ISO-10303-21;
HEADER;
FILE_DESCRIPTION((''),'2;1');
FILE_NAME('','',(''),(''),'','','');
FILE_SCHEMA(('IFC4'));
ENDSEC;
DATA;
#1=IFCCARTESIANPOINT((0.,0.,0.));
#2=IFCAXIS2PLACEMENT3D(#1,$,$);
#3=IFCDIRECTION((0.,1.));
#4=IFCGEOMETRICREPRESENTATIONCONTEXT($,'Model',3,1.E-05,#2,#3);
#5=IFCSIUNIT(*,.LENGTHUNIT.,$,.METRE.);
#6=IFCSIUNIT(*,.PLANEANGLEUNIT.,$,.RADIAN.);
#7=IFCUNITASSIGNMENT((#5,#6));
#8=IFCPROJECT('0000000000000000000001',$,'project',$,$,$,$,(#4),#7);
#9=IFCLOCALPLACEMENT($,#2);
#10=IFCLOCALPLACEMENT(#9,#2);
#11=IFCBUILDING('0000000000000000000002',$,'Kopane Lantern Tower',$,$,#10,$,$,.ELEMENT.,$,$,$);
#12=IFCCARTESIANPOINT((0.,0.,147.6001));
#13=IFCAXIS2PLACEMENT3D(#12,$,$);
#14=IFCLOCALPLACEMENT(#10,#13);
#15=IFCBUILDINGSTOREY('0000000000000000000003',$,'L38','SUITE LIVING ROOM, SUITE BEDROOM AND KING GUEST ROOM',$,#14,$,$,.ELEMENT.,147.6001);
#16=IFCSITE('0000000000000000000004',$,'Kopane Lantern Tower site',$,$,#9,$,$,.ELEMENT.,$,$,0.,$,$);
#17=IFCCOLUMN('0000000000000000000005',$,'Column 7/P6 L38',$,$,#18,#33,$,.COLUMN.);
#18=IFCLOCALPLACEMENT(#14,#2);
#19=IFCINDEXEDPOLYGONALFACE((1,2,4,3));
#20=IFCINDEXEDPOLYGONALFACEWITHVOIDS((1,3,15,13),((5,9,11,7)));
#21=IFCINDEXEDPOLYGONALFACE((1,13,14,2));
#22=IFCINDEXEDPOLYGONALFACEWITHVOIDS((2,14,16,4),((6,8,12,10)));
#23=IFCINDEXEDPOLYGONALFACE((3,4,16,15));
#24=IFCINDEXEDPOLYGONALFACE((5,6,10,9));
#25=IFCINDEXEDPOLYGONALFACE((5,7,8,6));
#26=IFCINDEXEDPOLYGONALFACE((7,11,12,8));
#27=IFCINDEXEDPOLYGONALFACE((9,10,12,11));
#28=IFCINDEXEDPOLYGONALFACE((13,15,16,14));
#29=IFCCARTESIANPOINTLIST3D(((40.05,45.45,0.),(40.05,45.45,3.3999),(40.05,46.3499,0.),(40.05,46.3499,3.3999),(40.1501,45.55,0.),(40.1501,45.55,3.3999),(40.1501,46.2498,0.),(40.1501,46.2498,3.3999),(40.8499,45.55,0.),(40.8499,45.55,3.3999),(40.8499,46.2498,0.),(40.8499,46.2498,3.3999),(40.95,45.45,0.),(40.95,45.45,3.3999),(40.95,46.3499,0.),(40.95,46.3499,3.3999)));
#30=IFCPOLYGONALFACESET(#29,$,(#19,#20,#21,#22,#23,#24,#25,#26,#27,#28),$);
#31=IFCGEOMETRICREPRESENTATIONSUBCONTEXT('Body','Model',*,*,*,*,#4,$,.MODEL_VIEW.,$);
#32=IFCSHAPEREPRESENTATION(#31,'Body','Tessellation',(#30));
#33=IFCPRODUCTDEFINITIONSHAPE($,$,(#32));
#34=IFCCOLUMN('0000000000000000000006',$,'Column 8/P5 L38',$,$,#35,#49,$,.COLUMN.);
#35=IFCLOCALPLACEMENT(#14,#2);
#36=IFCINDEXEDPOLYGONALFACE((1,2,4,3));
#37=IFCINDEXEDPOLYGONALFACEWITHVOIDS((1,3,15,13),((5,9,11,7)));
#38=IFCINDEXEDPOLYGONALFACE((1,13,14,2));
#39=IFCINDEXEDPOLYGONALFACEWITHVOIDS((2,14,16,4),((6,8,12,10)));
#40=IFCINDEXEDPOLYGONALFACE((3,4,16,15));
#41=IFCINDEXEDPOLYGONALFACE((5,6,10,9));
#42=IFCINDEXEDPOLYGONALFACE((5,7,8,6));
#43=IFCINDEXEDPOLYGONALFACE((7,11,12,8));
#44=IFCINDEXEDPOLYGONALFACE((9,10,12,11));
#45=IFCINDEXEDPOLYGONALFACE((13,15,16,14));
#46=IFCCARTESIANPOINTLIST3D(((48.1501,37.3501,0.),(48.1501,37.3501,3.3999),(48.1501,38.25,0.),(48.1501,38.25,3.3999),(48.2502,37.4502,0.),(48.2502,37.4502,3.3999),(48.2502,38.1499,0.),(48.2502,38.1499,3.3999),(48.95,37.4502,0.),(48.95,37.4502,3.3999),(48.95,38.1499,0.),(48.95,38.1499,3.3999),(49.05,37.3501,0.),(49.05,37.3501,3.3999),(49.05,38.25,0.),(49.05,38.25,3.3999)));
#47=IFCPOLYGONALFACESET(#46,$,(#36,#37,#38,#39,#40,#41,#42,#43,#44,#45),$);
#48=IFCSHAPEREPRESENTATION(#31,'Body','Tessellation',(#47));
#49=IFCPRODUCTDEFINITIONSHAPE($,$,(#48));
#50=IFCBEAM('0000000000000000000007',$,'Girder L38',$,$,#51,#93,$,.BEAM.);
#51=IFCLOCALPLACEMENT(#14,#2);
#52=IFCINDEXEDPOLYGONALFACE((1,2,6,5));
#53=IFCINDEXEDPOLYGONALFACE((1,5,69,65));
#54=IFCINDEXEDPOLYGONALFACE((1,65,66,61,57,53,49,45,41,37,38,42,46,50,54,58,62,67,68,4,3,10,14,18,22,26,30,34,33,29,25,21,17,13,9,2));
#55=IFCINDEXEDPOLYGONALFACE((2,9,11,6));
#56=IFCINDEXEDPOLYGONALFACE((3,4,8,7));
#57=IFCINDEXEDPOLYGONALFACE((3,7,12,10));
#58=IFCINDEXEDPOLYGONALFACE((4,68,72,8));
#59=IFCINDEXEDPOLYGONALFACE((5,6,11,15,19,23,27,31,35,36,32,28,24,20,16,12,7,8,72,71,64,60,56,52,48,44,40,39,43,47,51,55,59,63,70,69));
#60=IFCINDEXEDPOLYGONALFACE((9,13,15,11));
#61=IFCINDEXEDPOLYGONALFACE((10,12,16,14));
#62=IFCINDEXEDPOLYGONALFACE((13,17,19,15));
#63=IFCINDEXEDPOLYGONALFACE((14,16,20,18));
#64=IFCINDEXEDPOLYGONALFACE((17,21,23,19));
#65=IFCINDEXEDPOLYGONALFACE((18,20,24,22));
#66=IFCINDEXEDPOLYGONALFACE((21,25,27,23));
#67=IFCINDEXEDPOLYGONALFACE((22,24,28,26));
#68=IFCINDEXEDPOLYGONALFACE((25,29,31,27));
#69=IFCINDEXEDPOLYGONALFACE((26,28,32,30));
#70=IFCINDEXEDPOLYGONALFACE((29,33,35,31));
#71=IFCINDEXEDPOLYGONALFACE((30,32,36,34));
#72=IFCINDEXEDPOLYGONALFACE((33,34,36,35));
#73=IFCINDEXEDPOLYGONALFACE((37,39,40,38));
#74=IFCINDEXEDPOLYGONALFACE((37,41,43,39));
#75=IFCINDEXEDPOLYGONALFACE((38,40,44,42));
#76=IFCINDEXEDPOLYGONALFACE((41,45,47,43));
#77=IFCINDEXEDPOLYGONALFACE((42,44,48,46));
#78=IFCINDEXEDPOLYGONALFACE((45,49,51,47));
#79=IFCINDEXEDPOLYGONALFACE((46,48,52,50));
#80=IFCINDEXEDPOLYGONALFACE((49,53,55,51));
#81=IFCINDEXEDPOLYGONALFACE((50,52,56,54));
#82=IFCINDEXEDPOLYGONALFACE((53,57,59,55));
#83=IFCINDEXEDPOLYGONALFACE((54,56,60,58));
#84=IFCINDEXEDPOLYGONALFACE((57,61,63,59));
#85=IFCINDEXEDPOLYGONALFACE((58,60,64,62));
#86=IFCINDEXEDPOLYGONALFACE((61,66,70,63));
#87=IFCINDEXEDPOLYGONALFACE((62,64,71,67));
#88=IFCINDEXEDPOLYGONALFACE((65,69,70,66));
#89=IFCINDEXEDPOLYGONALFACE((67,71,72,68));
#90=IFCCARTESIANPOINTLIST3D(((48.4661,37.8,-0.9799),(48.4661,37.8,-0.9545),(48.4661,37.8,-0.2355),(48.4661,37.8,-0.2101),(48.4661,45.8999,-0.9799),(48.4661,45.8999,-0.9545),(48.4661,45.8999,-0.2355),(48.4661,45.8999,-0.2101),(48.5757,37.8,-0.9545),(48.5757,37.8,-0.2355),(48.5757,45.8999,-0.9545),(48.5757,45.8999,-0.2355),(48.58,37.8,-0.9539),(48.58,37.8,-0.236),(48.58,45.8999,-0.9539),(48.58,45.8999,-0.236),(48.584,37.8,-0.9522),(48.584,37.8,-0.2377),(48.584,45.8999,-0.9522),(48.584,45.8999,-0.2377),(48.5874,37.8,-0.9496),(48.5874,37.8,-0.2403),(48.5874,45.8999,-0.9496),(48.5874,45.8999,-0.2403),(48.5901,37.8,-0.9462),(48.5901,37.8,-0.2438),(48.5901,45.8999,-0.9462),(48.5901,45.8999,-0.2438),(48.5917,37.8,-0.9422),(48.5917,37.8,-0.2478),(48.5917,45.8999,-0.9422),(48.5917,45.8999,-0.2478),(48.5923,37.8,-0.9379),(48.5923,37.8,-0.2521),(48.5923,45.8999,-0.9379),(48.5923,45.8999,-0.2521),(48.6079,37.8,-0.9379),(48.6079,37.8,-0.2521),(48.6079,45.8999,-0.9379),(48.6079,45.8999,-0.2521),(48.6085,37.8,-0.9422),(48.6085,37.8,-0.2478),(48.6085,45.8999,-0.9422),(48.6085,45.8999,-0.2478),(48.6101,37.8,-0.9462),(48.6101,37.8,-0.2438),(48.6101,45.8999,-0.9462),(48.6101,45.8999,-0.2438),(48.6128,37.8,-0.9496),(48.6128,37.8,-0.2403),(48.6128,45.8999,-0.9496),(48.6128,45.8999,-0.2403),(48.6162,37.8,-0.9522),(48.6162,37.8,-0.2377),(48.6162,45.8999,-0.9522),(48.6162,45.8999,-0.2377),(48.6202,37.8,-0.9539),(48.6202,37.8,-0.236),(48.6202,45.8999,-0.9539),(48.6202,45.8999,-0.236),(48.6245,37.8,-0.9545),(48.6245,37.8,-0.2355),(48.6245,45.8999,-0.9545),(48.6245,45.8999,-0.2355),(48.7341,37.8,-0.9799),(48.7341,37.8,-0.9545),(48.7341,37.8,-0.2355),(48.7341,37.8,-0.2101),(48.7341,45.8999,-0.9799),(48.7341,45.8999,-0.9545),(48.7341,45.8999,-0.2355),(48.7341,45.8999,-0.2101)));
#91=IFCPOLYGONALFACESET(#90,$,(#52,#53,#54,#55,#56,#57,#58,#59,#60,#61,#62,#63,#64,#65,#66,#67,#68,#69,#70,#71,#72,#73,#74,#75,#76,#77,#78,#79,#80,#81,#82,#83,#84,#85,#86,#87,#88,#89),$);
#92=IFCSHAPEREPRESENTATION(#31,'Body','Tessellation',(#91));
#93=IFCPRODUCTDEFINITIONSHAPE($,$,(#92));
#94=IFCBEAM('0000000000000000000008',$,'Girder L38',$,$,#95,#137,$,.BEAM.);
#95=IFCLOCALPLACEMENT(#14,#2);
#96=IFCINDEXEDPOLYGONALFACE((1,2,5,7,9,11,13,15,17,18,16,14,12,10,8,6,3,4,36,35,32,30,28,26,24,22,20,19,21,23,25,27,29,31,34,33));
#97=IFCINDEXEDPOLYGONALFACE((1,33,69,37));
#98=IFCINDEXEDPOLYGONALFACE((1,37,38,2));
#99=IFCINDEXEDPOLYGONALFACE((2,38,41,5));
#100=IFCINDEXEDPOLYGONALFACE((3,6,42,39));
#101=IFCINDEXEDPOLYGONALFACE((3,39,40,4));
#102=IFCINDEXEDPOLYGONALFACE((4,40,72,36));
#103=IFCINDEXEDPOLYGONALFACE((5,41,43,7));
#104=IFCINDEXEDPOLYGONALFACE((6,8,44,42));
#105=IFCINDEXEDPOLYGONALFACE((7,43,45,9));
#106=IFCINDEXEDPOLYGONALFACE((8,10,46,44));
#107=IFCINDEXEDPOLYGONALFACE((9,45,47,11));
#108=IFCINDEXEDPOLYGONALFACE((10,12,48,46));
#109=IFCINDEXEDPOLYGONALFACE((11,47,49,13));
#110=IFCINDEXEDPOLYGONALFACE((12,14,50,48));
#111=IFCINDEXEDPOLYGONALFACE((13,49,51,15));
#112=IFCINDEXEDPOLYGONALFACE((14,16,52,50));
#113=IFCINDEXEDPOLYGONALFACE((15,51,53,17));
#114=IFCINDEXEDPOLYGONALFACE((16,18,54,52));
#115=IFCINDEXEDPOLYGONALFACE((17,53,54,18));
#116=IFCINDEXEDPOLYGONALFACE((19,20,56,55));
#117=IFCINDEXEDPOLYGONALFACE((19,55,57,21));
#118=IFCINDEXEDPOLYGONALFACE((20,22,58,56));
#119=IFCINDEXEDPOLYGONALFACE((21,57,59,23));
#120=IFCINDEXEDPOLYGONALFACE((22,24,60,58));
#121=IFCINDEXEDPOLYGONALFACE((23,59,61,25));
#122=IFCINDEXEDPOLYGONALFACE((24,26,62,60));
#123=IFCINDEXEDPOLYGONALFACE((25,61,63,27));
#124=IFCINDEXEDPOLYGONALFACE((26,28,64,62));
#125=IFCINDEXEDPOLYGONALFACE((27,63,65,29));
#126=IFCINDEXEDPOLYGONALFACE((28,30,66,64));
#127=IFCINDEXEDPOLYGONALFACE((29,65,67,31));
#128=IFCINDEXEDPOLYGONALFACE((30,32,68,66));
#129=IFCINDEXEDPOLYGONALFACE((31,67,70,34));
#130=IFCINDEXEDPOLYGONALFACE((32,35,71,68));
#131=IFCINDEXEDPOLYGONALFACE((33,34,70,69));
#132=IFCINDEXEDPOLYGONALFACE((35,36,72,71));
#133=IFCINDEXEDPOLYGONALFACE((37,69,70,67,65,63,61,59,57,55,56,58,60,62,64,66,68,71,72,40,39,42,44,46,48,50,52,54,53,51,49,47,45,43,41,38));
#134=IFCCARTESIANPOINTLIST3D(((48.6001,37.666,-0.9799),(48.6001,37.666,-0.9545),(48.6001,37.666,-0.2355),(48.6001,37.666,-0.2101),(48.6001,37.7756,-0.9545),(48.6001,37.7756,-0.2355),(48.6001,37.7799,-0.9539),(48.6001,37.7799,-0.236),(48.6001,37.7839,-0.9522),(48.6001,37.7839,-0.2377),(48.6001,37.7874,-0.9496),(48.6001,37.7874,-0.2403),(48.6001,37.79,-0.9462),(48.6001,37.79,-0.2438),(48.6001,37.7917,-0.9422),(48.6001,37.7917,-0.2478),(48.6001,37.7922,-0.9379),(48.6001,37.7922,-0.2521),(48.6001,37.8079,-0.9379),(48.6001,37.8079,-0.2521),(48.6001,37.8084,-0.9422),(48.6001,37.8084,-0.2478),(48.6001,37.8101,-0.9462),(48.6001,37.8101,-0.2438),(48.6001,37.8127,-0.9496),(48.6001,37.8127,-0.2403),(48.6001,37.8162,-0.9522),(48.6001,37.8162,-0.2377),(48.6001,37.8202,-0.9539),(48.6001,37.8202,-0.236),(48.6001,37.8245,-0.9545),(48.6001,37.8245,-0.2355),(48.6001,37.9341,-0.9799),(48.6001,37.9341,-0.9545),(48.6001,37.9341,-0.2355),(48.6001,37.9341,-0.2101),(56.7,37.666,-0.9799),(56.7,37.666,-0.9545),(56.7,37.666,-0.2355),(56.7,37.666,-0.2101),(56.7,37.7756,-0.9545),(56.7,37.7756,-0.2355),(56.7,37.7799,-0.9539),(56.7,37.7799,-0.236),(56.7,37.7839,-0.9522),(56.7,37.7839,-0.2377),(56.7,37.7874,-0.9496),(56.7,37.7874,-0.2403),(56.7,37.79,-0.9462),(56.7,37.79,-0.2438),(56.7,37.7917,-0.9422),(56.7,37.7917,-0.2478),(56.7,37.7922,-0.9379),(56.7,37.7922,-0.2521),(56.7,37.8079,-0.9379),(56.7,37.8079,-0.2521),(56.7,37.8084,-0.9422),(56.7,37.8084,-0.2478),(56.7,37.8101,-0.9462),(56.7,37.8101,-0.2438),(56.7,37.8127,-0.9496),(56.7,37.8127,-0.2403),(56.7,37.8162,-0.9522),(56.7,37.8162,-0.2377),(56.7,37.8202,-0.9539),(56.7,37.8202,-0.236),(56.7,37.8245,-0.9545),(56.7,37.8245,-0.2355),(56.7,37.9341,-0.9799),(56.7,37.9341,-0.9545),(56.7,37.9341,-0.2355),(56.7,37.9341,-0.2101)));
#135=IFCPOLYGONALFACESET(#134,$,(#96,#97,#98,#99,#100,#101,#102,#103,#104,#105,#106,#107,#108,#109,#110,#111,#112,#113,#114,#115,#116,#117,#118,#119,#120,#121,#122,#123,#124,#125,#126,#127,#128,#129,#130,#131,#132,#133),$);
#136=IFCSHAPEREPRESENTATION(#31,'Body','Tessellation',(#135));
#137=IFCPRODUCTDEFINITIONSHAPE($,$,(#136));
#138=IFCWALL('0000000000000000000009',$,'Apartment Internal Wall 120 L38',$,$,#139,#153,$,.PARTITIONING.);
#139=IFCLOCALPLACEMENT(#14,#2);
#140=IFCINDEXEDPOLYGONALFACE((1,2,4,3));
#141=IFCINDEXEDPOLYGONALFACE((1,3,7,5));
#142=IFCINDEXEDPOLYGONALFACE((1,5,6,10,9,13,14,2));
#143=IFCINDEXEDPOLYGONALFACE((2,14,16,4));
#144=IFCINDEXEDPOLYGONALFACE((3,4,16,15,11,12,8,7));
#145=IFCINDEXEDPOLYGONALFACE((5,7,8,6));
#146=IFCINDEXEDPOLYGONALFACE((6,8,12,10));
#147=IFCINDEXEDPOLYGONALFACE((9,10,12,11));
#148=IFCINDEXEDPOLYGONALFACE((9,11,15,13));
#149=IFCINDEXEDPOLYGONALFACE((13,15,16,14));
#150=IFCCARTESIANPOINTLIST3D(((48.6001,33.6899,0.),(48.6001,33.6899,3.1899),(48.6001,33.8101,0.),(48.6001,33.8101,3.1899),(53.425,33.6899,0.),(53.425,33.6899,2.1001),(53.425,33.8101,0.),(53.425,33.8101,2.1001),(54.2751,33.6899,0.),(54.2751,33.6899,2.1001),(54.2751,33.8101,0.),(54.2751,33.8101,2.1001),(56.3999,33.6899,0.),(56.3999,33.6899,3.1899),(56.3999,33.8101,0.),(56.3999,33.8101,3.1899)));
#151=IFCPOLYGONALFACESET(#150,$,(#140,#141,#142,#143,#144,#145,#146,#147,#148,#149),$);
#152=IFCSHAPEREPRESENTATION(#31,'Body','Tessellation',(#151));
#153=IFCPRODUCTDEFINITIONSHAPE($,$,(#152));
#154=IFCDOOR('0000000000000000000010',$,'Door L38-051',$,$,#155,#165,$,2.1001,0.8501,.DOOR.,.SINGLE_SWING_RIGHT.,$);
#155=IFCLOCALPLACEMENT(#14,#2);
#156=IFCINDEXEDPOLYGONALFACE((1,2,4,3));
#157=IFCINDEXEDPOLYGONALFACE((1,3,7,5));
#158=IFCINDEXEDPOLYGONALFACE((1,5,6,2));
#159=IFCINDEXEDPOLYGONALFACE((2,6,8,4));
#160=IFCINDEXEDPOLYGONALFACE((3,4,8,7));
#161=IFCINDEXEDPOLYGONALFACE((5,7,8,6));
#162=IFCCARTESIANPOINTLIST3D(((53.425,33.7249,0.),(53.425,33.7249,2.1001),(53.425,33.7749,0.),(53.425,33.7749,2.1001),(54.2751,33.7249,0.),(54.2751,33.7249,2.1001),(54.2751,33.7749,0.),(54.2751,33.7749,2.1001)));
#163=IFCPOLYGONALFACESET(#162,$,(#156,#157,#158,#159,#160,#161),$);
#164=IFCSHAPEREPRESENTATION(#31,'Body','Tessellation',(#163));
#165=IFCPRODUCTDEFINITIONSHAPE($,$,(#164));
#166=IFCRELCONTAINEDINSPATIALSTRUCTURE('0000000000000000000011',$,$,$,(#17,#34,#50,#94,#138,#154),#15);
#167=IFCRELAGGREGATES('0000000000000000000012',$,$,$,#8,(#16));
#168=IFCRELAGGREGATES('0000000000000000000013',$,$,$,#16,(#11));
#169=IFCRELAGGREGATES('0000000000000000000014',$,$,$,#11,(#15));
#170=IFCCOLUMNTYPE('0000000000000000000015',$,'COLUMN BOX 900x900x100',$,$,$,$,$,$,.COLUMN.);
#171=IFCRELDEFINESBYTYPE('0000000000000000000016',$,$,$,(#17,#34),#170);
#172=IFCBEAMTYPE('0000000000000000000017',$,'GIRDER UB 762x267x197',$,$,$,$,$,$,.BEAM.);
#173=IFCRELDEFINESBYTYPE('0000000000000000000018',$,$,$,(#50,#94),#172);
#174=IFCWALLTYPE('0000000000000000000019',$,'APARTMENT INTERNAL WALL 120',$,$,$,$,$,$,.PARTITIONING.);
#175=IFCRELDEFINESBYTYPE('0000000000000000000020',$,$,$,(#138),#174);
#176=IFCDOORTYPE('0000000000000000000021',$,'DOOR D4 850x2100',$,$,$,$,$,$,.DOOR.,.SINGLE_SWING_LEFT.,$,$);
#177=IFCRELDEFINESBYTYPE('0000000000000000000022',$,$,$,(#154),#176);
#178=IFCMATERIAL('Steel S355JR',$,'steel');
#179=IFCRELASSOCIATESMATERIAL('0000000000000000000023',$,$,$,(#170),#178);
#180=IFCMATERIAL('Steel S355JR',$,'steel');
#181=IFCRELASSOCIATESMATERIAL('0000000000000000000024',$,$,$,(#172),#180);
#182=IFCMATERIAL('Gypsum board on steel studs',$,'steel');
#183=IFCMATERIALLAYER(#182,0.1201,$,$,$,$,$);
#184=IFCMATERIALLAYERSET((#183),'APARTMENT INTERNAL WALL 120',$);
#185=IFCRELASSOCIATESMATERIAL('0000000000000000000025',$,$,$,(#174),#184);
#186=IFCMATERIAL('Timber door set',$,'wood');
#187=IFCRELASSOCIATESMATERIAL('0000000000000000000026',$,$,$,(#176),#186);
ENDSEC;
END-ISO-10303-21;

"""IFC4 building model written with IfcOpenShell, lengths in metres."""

from ifc_helpers import new_model, si_unit, direction, frame, frame_2d, origin, origin_2d, place, context, subcontext, project, spatial, rectangle, hollow_rectangle, i_section, extrude, material, layer, layer_set, material_profile, profile_set, type_object, element, fill, save


model = new_model("IFC4")

# Units and contexts
model_context = context("Model", 3, precision=1e-05, world=origin(), true_north=direction((0.0, 1.0)))
body_context = subcontext(model_context, "Body", "Model", "MODEL_VIEW")
ifc_project = project(units=[si_unit("LENGTHUNIT", "METRE"), si_unit("PLANEANGLEUNIT", "RADIAN")], contexts=[model_context])

# Site, building, storey
site_placement = place(None, origin())
site = spatial("IfcSite", under=ifc_project, at=site_placement, Name="Kopane Lantern Tower site", CompositionType="ELEMENT", RefElevation=0.0)
building_placement = place(site_placement, origin())
building = spatial("IfcBuilding", under=site, at=building_placement, Name="Kopane Lantern Tower", CompositionType="ELEMENT")
storey_placement = place(building_placement, frame((0.0, 0.0, 147.6001)))
storey = spatial("IfcBuildingStorey", under=building, at=storey_placement, Name="L38", Description="SUITE LIVING ROOM, SUITE BEDROOM AND KING GUEST ROOM", CompositionType="ELEMENT", Elevation=147.6001)

# Columns
ifc_material_1 = material(Name="Steel S355JR", Category="steel")
ifc_material_profile_1 = material_profile(ifc_material_1, hollow_rectangle(XDim=0.8999, YDim=0.8999, WallThickness=0.1001, at=origin_2d()), Name="BOX 900x900x100")
ifc_profile_set_1 = profile_set([ifc_material_profile_1], Name="Steel S355JR")
column_type = type_object("IfcColumnType", Name="COLUMN BOX 900x900x100", PredefinedType="COLUMN", material=ifc_profile_set_1)
for number, where, z_axis, x_axis, name in (
    (1, (40.5, 45.8999, 0.0), (0.0, 0.0, 1.0), (1.0, 0.0, 0.0), "Column 7/P6 L38"),
    (2, (48.6001, 37.8, 0.0), (0.0, 0.0, 1.0), (1.0, 0.0, 0.0), "Column 8/P5 L38"),
):
    element("IfcColumn", number, at=place(storey_placement, frame(where, z_axis=z_axis, x_axis=x_axis)), inside=storey, type_object=column_type, Name=name, PredefinedType="COLUMN", context=body_context, shape_type="SweptSolid", body=[
        extrude(hollow_rectangle(XDim=0.8999, YDim=0.8999, WallThickness=0.1001, at=origin_2d()), origin(), (0.0, 0.0, 1.0), 3.3999),
    ])

# Beams
ifc_material_2 = material(Name="Steel S355JR", Category="steel")
ifc_material_profile_2 = material_profile(ifc_material_2, i_section(OverallWidth=0.2681, OverallDepth=0.7698, WebThickness=0.0156, FlangeThickness=0.0254, FilletRadius=0.0166, at=origin_2d()), Name="UB 762x267x197")
ifc_profile_set_2 = profile_set([ifc_material_profile_2], Name="Steel S355JR")
beam_type = type_object("IfcBeamType", Name="GIRDER UB 762x267x197", PredefinedType="BEAM", material=ifc_profile_set_2)
for number, where, z_axis, x_axis, name in (
    (3, (48.6001, 37.8, -0.595), (0.0, 1.0, 0.0), (-1.0, 0.0, 0.0), "Girder L38"),
    (4, (48.6001, 37.8, -0.595), (1.0, 0.0, 0.0), (0.0, 1.0, 0.0), "Girder L38"),
):
    element("IfcBeam", number, at=place(storey_placement, frame(where, z_axis=z_axis, x_axis=x_axis)), inside=storey, type_object=beam_type, Name=name, PredefinedType="BEAM", context=body_context, shape_type="SweptSolid", body=[
        extrude(i_section(OverallWidth=0.2681, OverallDepth=0.7698, WebThickness=0.0156, FlangeThickness=0.0254, FilletRadius=0.0166, at=origin_2d()), origin(), (0.0, 0.0, 1.0), 8.0999),
    ])

# Wall, opening, door
ifc_material_3 = material(Name="Gypsum board on steel studs", Category="steel")
ifc_layer_1 = layer(ifc_material_3, 0.1201)
ifc_layer_set_1 = layer_set([ifc_layer_1], Name="APARTMENT INTERNAL WALL 120")
wall_type_1 = type_object("IfcWallType", Name="APARTMENT INTERNAL WALL 120", PredefinedType="PARTITIONING", material=ifc_layer_set_1)
wall_1_placement = place(storey_placement, frame((48.6001, 33.75, 0.0), z_axis=(0.0, 0.0, 1.0), x_axis=(1.0, 0.0, 0.0)))
wall_1 = element("IfcWall", 5, at=wall_1_placement, inside=storey, type_object=wall_type_1, Name="Apartment Internal Wall 120 L38", PredefinedType="PARTITIONING", context=body_context, shape_type="SweptSolid", body=[
    extrude(rectangle(XDim=7.7998, YDim=0.1201, at=frame_2d((3.8999, 0.0))), origin(), (0.0, 0.0, 1.0), 3.1899),
])
opening_1_placement = place(wall_1_placement, frame((4.825, 0.0, 0.0)))
opening_1 = element("IfcOpeningElement", 6, at=opening_1_placement, cuts=wall_1, PredefinedType="OPENING", context=body_context, shape_type="SweptSolid", body=[
    extrude(rectangle(XDim=0.8501, YDim=2.1001, at=frame_2d((0.425, 1.05))), frame((0.0, 0.0701, 0.0), z_axis=(0.0, -1.0, 0.0), x_axis=(1.0, 0.0, 0.0)), (0.0, 0.0, 1.0), 0.1401),
])
ifc_material_4 = material(Name="Timber door set", Category="wood")
door_type_1 = type_object("IfcDoorType", Name="DOOR D4 850x2100", OperationType="SINGLE_SWING_LEFT", PredefinedType="DOOR", material=ifc_material_4)
door_1_placement = place(opening_1_placement, origin())
door_1 = element("IfcDoor", 7, at=door_1_placement, inside=storey, type_object=door_type_1, Name="Door L38-051", OperationType="SINGLE_SWING_RIGHT", OverallHeight=2.1001, OverallWidth=0.8501, PredefinedType="DOOR", context=body_context, shape_type="SweptSolid", body=[
    extrude(rectangle(XDim=0.8501, YDim=2.1001, at=frame_2d((0.425, 1.05))), frame((0.0, 0.0249, 0.0), z_axis=(0.0, -1.0, 0.0), x_axis=(1.0, 0.0, 0.0)), (0.0, 0.0, 1.0), 0.05),
])
fill(opening_1, door_1)

save(model, "model.ifc")
